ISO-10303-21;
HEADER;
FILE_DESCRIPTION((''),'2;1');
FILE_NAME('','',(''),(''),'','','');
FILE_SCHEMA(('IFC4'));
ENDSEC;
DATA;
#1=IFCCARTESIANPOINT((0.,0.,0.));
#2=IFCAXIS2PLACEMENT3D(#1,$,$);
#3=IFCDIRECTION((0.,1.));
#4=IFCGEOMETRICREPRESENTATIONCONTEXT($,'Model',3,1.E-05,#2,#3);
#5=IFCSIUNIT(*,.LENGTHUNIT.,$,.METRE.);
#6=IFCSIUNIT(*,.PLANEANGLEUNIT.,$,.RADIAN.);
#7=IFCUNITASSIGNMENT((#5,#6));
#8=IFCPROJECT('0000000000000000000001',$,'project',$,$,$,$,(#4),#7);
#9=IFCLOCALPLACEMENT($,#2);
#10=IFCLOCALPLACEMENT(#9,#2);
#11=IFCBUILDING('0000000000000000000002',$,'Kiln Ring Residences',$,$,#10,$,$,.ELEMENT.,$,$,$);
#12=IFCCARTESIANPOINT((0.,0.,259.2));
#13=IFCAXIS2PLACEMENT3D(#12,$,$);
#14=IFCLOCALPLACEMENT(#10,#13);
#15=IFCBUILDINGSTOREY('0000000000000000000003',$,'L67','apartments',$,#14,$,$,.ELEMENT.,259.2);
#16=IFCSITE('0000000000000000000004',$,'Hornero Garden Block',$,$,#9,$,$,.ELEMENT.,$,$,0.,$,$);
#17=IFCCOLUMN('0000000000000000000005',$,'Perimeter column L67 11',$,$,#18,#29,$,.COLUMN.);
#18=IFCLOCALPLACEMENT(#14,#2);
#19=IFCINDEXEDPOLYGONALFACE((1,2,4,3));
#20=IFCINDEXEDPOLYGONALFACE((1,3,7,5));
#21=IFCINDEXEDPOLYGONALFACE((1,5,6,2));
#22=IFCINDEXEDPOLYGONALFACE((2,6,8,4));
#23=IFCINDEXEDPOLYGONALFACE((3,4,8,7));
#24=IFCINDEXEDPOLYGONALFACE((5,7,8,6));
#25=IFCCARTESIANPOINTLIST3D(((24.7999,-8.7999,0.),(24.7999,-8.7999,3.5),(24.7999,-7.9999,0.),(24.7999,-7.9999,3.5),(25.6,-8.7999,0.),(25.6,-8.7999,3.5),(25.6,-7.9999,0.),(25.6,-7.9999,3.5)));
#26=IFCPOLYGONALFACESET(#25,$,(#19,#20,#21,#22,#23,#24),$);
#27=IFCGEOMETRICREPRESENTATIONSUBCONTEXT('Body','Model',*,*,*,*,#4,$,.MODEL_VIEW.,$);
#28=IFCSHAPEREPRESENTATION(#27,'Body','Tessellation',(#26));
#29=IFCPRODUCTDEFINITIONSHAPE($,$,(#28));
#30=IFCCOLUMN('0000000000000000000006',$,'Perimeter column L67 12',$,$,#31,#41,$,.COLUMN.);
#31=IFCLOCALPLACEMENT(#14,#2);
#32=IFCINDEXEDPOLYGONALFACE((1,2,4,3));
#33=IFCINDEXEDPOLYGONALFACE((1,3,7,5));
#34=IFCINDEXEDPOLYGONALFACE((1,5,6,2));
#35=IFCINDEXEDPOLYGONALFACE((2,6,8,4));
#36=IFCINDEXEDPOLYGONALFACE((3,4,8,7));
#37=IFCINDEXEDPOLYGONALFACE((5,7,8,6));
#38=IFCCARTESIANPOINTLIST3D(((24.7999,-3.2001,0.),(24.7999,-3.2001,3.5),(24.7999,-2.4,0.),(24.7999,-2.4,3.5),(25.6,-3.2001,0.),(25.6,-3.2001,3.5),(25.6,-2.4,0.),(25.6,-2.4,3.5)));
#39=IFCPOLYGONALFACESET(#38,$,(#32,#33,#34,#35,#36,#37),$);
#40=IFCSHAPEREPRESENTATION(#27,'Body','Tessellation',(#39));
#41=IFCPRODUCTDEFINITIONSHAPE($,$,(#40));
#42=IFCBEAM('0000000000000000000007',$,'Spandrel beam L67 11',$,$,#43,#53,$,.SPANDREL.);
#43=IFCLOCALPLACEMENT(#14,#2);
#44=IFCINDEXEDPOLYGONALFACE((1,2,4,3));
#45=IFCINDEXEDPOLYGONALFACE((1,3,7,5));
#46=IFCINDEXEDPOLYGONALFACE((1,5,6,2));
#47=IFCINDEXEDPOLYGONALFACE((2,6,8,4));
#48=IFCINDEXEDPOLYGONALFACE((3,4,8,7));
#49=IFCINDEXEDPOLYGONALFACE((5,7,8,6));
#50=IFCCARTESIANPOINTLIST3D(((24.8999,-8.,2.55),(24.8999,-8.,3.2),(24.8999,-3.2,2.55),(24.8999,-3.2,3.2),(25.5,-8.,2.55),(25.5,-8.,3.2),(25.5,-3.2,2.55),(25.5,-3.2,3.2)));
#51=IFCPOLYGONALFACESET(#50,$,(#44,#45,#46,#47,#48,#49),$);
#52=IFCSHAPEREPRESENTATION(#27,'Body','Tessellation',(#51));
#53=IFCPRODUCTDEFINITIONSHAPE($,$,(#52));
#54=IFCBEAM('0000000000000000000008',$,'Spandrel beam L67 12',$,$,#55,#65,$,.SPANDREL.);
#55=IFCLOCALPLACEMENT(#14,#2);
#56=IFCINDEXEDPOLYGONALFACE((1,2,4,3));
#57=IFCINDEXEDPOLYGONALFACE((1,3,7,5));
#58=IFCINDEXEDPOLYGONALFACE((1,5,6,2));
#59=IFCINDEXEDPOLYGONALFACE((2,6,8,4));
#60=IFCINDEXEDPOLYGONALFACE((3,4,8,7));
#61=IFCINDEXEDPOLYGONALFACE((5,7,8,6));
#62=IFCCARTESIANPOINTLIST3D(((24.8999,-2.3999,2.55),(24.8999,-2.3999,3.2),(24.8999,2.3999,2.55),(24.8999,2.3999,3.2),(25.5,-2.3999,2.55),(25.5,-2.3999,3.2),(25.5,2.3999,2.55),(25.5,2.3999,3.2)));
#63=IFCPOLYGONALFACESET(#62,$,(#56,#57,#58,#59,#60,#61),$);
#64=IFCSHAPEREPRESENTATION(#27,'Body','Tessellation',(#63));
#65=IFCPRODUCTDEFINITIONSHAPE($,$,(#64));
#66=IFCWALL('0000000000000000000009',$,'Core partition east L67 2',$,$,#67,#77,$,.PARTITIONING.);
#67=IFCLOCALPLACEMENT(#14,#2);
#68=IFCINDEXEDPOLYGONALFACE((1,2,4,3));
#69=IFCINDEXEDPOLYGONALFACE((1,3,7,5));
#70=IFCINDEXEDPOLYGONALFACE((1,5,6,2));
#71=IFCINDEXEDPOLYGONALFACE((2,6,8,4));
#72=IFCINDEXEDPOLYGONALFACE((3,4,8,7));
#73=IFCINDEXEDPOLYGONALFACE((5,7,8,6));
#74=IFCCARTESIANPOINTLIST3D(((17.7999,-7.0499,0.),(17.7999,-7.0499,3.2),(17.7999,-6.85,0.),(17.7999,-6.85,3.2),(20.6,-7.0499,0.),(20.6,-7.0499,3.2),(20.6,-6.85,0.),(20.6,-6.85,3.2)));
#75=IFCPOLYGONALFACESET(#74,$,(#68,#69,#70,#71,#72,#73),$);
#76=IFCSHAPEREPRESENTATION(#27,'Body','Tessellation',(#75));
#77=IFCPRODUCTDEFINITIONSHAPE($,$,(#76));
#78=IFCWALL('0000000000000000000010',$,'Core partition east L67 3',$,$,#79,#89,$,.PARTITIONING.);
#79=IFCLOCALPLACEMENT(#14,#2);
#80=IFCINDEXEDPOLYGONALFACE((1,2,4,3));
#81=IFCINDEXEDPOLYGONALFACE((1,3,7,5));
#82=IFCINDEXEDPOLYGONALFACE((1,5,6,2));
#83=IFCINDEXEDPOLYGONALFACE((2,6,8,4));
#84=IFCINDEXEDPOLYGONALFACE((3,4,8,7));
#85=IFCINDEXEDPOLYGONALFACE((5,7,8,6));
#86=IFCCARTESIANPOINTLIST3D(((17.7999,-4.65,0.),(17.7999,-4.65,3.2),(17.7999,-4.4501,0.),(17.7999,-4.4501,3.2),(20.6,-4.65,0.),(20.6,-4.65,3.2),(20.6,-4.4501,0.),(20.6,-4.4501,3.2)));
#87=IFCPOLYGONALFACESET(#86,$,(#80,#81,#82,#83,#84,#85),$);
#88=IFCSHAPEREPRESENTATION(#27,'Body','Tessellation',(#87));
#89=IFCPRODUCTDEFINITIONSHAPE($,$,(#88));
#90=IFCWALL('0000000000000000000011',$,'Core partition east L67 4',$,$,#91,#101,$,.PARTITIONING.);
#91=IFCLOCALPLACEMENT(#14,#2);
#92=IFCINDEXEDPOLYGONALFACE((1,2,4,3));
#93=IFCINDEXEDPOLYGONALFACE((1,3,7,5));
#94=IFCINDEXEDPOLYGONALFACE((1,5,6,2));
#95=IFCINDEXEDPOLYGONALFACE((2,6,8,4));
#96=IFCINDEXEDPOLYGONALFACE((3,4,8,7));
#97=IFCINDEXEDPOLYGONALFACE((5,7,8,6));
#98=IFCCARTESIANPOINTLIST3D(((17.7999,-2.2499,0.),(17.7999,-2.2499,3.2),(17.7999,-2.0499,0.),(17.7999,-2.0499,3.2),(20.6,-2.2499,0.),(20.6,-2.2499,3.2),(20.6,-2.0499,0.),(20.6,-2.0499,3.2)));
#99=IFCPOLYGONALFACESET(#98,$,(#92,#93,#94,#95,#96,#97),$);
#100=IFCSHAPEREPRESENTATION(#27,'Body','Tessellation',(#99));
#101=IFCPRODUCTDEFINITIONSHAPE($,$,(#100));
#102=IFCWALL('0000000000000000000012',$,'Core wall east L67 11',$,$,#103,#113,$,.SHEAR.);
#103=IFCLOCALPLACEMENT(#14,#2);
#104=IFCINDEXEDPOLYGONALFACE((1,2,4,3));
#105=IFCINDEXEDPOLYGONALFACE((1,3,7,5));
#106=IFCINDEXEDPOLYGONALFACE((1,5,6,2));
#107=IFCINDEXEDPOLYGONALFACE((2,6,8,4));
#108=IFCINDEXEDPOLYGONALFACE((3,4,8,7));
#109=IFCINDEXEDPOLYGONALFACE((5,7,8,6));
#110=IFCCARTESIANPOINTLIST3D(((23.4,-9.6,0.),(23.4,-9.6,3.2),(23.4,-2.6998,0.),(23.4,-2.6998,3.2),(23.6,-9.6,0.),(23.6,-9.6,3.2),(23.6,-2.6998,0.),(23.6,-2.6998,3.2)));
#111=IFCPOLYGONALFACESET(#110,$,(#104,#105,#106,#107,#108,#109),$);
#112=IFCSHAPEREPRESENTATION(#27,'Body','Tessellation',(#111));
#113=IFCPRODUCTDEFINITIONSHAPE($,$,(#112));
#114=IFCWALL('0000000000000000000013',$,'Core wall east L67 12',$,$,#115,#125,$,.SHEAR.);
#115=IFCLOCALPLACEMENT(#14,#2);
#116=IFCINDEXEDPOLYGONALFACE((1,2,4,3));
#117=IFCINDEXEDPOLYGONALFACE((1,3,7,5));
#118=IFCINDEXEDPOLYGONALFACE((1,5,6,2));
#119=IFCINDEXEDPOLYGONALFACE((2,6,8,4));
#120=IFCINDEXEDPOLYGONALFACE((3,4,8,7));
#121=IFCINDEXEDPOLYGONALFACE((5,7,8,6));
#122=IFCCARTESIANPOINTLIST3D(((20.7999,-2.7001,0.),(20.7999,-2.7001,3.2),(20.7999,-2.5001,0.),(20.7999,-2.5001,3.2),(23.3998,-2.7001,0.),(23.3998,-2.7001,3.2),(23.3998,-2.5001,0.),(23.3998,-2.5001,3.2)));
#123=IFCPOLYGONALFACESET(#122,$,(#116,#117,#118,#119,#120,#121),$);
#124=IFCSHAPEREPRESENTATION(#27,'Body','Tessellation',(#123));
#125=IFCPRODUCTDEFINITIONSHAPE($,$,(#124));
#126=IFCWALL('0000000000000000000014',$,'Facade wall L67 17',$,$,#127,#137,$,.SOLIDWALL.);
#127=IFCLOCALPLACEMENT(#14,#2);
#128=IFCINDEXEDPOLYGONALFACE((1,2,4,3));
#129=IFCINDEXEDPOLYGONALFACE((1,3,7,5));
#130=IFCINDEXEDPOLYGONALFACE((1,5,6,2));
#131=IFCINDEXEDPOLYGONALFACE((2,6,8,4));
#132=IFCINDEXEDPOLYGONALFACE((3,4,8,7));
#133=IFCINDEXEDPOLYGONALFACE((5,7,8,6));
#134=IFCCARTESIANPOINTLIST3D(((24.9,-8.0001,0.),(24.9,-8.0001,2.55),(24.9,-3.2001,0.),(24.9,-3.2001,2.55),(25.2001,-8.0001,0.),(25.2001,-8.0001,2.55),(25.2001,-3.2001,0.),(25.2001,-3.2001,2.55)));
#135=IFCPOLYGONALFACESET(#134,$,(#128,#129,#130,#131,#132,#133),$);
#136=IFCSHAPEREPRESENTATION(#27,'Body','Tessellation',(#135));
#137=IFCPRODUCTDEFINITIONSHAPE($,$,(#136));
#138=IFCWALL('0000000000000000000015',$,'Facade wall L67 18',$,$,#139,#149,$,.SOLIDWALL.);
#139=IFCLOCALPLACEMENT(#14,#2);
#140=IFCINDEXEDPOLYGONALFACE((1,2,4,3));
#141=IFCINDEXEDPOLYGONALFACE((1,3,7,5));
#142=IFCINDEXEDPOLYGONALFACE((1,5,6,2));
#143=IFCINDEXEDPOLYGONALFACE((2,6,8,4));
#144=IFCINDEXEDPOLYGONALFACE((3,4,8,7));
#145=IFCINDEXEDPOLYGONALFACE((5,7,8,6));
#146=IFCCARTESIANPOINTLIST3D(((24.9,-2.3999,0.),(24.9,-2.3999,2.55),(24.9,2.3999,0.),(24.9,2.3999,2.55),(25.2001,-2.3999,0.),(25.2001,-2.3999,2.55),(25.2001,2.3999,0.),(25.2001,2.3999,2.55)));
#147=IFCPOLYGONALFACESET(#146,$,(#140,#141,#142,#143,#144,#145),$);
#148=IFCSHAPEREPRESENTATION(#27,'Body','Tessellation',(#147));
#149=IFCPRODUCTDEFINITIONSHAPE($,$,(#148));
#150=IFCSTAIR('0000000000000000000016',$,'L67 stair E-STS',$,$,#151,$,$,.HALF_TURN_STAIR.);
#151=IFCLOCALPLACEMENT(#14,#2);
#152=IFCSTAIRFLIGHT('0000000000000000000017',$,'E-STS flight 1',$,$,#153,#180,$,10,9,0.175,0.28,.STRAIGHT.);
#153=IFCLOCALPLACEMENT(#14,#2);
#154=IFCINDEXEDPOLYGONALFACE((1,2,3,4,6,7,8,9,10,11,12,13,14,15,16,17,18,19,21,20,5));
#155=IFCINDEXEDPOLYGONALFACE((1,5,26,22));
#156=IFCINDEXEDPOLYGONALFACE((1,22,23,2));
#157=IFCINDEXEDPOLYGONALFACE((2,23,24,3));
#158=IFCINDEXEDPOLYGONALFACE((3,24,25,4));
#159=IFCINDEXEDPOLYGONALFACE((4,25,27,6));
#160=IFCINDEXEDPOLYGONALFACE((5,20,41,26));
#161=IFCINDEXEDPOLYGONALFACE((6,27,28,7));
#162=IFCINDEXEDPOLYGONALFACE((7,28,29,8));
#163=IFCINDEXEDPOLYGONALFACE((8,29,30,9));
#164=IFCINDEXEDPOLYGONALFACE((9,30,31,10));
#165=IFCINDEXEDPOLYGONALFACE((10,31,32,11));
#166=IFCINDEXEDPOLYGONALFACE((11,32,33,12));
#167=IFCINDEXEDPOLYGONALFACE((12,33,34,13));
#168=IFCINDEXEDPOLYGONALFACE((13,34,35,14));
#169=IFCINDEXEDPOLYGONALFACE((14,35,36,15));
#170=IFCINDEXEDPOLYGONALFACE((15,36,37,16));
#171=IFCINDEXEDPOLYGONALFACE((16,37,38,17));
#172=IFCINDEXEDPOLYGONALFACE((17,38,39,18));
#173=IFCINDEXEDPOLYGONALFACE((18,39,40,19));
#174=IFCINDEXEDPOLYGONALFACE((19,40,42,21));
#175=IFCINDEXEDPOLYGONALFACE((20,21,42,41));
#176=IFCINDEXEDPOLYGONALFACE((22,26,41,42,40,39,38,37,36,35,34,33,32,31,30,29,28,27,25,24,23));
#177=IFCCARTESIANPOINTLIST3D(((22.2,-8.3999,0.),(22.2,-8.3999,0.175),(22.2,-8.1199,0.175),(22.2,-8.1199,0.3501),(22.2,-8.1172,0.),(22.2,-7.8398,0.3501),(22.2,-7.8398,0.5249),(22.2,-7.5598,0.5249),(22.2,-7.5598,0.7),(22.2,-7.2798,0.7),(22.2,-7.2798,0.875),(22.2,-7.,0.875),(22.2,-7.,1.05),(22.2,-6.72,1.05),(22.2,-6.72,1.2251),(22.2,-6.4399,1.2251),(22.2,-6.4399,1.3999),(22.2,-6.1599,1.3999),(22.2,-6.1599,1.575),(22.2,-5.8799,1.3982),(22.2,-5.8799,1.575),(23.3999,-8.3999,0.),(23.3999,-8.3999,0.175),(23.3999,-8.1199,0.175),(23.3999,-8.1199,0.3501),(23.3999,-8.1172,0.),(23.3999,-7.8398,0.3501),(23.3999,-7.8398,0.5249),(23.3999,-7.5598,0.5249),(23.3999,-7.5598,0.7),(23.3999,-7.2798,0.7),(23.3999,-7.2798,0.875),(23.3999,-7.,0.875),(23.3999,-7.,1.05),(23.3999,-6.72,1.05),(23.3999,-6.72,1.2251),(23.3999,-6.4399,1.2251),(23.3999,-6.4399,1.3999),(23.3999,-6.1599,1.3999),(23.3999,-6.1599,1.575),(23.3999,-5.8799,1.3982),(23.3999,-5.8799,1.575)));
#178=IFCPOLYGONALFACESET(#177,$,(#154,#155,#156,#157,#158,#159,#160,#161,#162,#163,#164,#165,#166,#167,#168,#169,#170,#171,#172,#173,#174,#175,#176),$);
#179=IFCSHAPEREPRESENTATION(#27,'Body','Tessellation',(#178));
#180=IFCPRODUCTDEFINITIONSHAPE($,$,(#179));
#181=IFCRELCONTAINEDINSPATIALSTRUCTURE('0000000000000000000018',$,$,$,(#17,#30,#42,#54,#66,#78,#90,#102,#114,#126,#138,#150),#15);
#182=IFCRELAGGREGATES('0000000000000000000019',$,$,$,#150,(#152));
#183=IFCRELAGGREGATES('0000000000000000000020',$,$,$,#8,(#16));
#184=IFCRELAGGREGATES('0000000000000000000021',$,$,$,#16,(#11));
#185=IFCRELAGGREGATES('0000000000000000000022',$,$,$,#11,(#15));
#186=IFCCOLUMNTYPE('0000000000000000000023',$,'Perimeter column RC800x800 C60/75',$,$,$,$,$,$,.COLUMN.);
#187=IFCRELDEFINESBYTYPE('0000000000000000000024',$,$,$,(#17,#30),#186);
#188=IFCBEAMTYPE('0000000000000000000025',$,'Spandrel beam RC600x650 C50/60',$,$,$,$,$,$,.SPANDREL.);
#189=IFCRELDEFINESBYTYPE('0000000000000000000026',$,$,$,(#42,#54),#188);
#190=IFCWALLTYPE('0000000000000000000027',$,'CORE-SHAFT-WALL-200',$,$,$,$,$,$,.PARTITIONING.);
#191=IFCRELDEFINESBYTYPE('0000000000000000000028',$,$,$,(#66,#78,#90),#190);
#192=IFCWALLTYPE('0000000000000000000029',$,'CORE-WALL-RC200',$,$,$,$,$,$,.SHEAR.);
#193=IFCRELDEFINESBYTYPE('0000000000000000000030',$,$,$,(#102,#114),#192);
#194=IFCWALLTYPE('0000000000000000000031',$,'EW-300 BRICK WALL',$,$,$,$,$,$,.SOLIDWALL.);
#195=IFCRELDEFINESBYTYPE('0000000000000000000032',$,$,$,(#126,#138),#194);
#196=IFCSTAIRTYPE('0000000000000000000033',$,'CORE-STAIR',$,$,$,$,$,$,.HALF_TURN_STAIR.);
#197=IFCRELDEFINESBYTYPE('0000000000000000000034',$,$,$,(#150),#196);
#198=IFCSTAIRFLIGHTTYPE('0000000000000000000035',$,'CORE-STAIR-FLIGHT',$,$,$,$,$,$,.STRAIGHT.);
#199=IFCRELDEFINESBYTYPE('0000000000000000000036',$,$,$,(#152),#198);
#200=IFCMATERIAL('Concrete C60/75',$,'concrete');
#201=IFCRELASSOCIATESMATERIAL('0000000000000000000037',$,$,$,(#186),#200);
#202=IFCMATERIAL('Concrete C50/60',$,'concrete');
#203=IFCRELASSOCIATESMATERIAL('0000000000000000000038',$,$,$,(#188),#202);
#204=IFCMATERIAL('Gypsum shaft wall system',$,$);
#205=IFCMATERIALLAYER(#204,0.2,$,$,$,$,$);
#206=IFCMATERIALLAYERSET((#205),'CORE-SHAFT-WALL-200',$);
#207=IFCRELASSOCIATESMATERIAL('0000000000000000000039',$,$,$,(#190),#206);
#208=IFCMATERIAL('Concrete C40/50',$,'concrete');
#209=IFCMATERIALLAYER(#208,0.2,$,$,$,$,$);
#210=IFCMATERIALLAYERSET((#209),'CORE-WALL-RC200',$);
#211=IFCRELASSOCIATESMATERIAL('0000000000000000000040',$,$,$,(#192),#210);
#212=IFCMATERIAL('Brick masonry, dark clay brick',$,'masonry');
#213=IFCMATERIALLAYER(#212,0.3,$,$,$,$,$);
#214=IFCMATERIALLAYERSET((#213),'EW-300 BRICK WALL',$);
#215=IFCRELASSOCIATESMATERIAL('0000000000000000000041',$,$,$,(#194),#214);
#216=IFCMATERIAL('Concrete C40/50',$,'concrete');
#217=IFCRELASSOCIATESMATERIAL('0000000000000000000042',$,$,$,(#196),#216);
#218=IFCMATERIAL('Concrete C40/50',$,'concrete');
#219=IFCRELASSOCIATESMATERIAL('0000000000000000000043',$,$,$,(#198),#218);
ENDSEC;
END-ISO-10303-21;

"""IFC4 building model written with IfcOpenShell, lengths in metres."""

from ifc_helpers import new_model, si_unit, direction, frame, frame_2d, origin, origin_2d, place, context, subcontext, project, spatial, polyline, rectangle, outline, extrude, material, layer, layer_set, material_profile, profile_set, type_object, element, aggregate, save


model = new_model("IFC4")

# Units and contexts
model_context = context("Model", 3, precision=1e-05, world=origin(), true_north=direction((0.0, 1.0)))
body_context = subcontext(model_context, "Body", "Model", "MODEL_VIEW")
ifc_project = project(units=[si_unit("LENGTHUNIT", "METRE"), si_unit("PLANEANGLEUNIT", "RADIAN")], contexts=[model_context])

# Site, building, storey
site_placement = place(None, origin())
site = spatial("IfcSite", under=ifc_project, at=site_placement, Name="Hornero Garden Block", CompositionType="ELEMENT", RefElevation=0.0)
building_placement = place(site_placement, origin())
building = spatial("IfcBuilding", under=site, at=building_placement, Name="Kiln Ring Residences", CompositionType="ELEMENT")
storey_placement = place(building_placement, frame((0.0, 0.0, 259.2)))
storey = spatial("IfcBuildingStorey", under=building, at=storey_placement, Name="L67", Description="apartments", CompositionType="ELEMENT", Elevation=259.2)

# Columns
ifc_material_1 = material(Name="Concrete C60/75", Category="concrete")
ifc_material_profile_1 = material_profile(ifc_material_1, rectangle(XDim=0.8, YDim=0.8, at=origin_2d()), Name="RC800x800")
ifc_profile_set_1 = profile_set([ifc_material_profile_1], Name="Concrete C60/75")
column_type = type_object("IfcColumnType", Name="Perimeter column RC800x800 C60/75", PredefinedType="COLUMN", material=ifc_profile_set_1)
for number, where, z_axis, x_axis, name in (
    (1, (25.2, -8.3999, 0.0), (0.0, 0.0, 1.0), (1.0, 0.0, 0.0), "Perimeter column L67 11"),
    (2, (25.2, -2.8, 0.0), (0.0, 0.0, 1.0), (1.0, 0.0, 0.0), "Perimeter column L67 12"),
):
    element("IfcColumn", number, at=place(storey_placement, frame(where, z_axis=z_axis, x_axis=x_axis)), inside=storey, type_object=column_type, Name=name, PredefinedType="COLUMN", context=body_context, shape_type="SweptSolid", body=[
        extrude(rectangle(XDim=0.8, YDim=0.8, at=origin_2d()), origin(), (0.0, 0.0, 1.0), 3.5),
    ])

# Beams
ifc_material_2 = material(Name="Concrete C50/60", Category="concrete")
ifc_material_profile_2 = material_profile(ifc_material_2, rectangle(XDim=0.6001, YDim=0.6499, at=origin_2d()), Name="RC600x650")
ifc_profile_set_2 = profile_set([ifc_material_profile_2], Name="Concrete C50/60")
beam_type = type_object("IfcBeamType", Name="Spandrel beam RC600x650 C50/60", PredefinedType="SPANDREL", material=ifc_profile_set_2)
beam_1_placement = place(storey_placement, frame((25.2, -8.0, 2.875), z_axis=(0.0, 1.0, 0.0), x_axis=(-1.0, 0.0, 0.0)))
element("IfcBeam", 3, at=beam_1_placement, inside=storey, type_object=beam_type, Name="Spandrel beam L67 11", PredefinedType="SPANDREL", context=body_context, shape_type="SweptSolid", body=[
    extrude(rectangle(XDim=0.6001, YDim=0.6499, at=origin_2d()), origin(), (0.0, 0.0, 1.0), 4.8),
])
beam_2_placement = place(storey_placement, frame((25.2, -2.3999, 2.875), z_axis=(0.0, 1.0, 0.0), x_axis=(-1.0, 0.0, 0.0)))
element("IfcBeam", 4, at=beam_2_placement, inside=storey, type_object=beam_type, Name="Spandrel beam L67 12", PredefinedType="SPANDREL", context=body_context, shape_type="SweptSolid", body=[
    extrude(rectangle(XDim=0.6001, YDim=0.6499, at=origin_2d()), origin(), (0.0, 0.0, 1.0), 4.7998),
])

# Walls
ifc_material_3 = material(Name="Gypsum shaft wall system")
ifc_layer_1 = layer(ifc_material_3, 0.2)
ifc_layer_set_1 = layer_set([ifc_layer_1], Name="CORE-SHAFT-WALL-200")
wall_type_1 = type_object("IfcWallType", Name="CORE-SHAFT-WALL-200", PredefinedType="PARTITIONING", material=ifc_layer_set_1)
for number, where, z_axis, x_axis, name in (
    (5, (17.8, -6.95, 0.0), (0.0, 0.0, 1.0), (1.0, 0.0, 0.0), "Core partition east L67 2"),
    (6, (17.8, -4.55, 0.0), (0.0, 0.0, 1.0), (1.0, 0.0, 0.0), "Core partition east L67 3"),
    (7, (17.8, -2.1499, 0.0), (0.0, 0.0, 1.0), (1.0, 0.0, 0.0), "Core partition east L67 4"),
):
    element("IfcWall", number, at=place(storey_placement, frame(where, z_axis=z_axis, x_axis=x_axis)), inside=storey, type_object=wall_type_1, Name=name, PredefinedType="PARTITIONING", context=body_context, shape_type="SweptSolid", body=[
        extrude(rectangle(XDim=2.8, YDim=0.2, at=frame_2d((1.3999, 0.0))), origin(), (0.0, 0.0, 1.0), 3.2),
    ])
ifc_material_4 = material(Name="Concrete C40/50", Category="concrete")
ifc_layer_2 = layer(ifc_material_4, 0.2)
ifc_layer_set_2 = layer_set([ifc_layer_2], Name="CORE-WALL-RC200")
wall_type_2 = type_object("IfcWallType", Name="CORE-WALL-RC200", PredefinedType="SHEAR", material=ifc_layer_set_2)
wall_1_placement = place(storey_placement, frame((23.5, -9.6001, 0.0), z_axis=(0.0, 0.0, 1.0), x_axis=(0.0, 1.0, 0.0)))
element("IfcWall", 8, at=wall_1_placement, inside=storey, type_object=wall_type_2, Name="Core wall east L67 11", PredefinedType="SHEAR", context=body_context, shape_type="SweptSolid", body=[
    extrude(rectangle(XDim=6.9001, YDim=0.2, at=frame_2d((3.4502, 0.0))), origin(), (0.0, 0.0, 1.0), 3.2),
])
wall_2_placement = place(storey_placement, frame((20.8, -2.6001, 0.0), z_axis=(0.0, 0.0, 1.0), x_axis=(1.0, 0.0, 0.0)))
element("IfcWall", 9, at=wall_2_placement, inside=storey, type_object=wall_type_2, Name="Core wall east L67 12", PredefinedType="SHEAR", context=body_context, shape_type="SweptSolid", body=[
    extrude(rectangle(XDim=2.5999, YDim=0.2, at=frame_2d((1.2998, 0.0))), origin(), (0.0, 0.0, 1.0), 3.2),
])
ifc_material_5 = material(Name="Brick masonry, dark clay brick", Category="masonry")
ifc_layer_3 = layer(ifc_material_5, 0.3)
ifc_layer_set_3 = layer_set([ifc_layer_3], Name="EW-300 BRICK WALL")
wall_type_3 = type_object("IfcWallType", Name="EW-300 BRICK WALL", PredefinedType="SOLIDWALL", material=ifc_layer_set_3)
wall_3_placement = place(storey_placement, frame((25.05, -8.0, 0.0), z_axis=(0.0, 0.0, 1.0), x_axis=(0.0, 1.0, 0.0)))
element("IfcWall", 10, at=wall_3_placement, inside=storey, type_object=wall_type_3, Name="Facade wall L67 17", PredefinedType="SOLIDWALL", context=body_context, shape_type="SweptSolid", body=[
    extrude(rectangle(XDim=4.8, YDim=0.3, at=frame_2d((2.3999, 0.0))), origin(), (0.0, 0.0, 1.0), 2.55),
])
wall_4_placement = place(storey_placement, frame((25.05, -2.3999, 0.0), z_axis=(0.0, 0.0, 1.0), x_axis=(0.0, 1.0, 0.0)))
element("IfcWall", 11, at=wall_4_placement, inside=storey, type_object=wall_type_3, Name="Facade wall L67 18", PredefinedType="SOLIDWALL", context=body_context, shape_type="SweptSolid", body=[
    extrude(rectangle(XDim=4.7998, YDim=0.3, at=frame_2d((2.3999, 0.0))), origin(), (0.0, 0.0, 1.0), 2.55),
])

# Stair, stair flight
ifc_material_6 = material(Name="Concrete C40/50", Category="concrete")
stair_type = type_object("IfcStairType", Name="CORE-STAIR", PredefinedType="HALF_TURN_STAIR", material=ifc_material_6)
stair_placement = place(storey_placement, origin())
stair = element("IfcStair", 12, at=stair_placement, inside=storey, type_object=stair_type, Name="L67 stair E-STS", PredefinedType="HALF_TURN_STAIR")
ifc_material_7 = material(Name="Concrete C40/50", Category="concrete")
stair_flight_type = type_object("IfcStairFlightType", Name="CORE-STAIR-FLIGHT", PredefinedType="STRAIGHT", material=ifc_material_7)
stair_flight_1_placement = place(storey_placement, frame((22.8, -8.3999, 0.0), z_axis=(0.0, 0.0, 1.0), x_axis=(0.0, 1.0, 0.0)))
stair_flight_1 = element("IfcStairFlight", 13, at=stair_flight_1_placement, type_object=stair_flight_type, Name="E-STS flight 1", NumberOfRisers=10, NumberOfTreads=9, PredefinedType="STRAIGHT", RiserHeight=0.175, TreadLength=0.28, context=body_context, shape_type="SweptSolid", body=[
    extrude(outline(polyline([(0.0, 0.0), (0.0, 0.175), (0.28, 0.175), (0.28, 0.3501), (0.5601, 0.3501), (0.5601, 0.5249), (0.8401, 0.5249), (0.8401, 0.7), (1.1201, 0.7), (1.1201, 0.875), (1.3999, 0.875), (1.3999, 1.05), (1.6799, 1.05), (1.6799, 1.2251), (1.96, 1.2251), (1.96, 1.3999), (2.24, 1.3999), (2.24, 1.575), (2.52, 1.575), (2.52, 1.75), (2.52, 1.3982), (0.2827, 0.0), (0.0, 0.0)])), frame((0.0, 0.6001, 0.0), z_axis=(0.0, -1.0, 0.0), x_axis=(1.0, 0.0, 0.0)), (0.0, 0.0, 1.0), 1.2),
])
aggregate(stair, [stair_flight_1])

save(model, "model.ifc")
